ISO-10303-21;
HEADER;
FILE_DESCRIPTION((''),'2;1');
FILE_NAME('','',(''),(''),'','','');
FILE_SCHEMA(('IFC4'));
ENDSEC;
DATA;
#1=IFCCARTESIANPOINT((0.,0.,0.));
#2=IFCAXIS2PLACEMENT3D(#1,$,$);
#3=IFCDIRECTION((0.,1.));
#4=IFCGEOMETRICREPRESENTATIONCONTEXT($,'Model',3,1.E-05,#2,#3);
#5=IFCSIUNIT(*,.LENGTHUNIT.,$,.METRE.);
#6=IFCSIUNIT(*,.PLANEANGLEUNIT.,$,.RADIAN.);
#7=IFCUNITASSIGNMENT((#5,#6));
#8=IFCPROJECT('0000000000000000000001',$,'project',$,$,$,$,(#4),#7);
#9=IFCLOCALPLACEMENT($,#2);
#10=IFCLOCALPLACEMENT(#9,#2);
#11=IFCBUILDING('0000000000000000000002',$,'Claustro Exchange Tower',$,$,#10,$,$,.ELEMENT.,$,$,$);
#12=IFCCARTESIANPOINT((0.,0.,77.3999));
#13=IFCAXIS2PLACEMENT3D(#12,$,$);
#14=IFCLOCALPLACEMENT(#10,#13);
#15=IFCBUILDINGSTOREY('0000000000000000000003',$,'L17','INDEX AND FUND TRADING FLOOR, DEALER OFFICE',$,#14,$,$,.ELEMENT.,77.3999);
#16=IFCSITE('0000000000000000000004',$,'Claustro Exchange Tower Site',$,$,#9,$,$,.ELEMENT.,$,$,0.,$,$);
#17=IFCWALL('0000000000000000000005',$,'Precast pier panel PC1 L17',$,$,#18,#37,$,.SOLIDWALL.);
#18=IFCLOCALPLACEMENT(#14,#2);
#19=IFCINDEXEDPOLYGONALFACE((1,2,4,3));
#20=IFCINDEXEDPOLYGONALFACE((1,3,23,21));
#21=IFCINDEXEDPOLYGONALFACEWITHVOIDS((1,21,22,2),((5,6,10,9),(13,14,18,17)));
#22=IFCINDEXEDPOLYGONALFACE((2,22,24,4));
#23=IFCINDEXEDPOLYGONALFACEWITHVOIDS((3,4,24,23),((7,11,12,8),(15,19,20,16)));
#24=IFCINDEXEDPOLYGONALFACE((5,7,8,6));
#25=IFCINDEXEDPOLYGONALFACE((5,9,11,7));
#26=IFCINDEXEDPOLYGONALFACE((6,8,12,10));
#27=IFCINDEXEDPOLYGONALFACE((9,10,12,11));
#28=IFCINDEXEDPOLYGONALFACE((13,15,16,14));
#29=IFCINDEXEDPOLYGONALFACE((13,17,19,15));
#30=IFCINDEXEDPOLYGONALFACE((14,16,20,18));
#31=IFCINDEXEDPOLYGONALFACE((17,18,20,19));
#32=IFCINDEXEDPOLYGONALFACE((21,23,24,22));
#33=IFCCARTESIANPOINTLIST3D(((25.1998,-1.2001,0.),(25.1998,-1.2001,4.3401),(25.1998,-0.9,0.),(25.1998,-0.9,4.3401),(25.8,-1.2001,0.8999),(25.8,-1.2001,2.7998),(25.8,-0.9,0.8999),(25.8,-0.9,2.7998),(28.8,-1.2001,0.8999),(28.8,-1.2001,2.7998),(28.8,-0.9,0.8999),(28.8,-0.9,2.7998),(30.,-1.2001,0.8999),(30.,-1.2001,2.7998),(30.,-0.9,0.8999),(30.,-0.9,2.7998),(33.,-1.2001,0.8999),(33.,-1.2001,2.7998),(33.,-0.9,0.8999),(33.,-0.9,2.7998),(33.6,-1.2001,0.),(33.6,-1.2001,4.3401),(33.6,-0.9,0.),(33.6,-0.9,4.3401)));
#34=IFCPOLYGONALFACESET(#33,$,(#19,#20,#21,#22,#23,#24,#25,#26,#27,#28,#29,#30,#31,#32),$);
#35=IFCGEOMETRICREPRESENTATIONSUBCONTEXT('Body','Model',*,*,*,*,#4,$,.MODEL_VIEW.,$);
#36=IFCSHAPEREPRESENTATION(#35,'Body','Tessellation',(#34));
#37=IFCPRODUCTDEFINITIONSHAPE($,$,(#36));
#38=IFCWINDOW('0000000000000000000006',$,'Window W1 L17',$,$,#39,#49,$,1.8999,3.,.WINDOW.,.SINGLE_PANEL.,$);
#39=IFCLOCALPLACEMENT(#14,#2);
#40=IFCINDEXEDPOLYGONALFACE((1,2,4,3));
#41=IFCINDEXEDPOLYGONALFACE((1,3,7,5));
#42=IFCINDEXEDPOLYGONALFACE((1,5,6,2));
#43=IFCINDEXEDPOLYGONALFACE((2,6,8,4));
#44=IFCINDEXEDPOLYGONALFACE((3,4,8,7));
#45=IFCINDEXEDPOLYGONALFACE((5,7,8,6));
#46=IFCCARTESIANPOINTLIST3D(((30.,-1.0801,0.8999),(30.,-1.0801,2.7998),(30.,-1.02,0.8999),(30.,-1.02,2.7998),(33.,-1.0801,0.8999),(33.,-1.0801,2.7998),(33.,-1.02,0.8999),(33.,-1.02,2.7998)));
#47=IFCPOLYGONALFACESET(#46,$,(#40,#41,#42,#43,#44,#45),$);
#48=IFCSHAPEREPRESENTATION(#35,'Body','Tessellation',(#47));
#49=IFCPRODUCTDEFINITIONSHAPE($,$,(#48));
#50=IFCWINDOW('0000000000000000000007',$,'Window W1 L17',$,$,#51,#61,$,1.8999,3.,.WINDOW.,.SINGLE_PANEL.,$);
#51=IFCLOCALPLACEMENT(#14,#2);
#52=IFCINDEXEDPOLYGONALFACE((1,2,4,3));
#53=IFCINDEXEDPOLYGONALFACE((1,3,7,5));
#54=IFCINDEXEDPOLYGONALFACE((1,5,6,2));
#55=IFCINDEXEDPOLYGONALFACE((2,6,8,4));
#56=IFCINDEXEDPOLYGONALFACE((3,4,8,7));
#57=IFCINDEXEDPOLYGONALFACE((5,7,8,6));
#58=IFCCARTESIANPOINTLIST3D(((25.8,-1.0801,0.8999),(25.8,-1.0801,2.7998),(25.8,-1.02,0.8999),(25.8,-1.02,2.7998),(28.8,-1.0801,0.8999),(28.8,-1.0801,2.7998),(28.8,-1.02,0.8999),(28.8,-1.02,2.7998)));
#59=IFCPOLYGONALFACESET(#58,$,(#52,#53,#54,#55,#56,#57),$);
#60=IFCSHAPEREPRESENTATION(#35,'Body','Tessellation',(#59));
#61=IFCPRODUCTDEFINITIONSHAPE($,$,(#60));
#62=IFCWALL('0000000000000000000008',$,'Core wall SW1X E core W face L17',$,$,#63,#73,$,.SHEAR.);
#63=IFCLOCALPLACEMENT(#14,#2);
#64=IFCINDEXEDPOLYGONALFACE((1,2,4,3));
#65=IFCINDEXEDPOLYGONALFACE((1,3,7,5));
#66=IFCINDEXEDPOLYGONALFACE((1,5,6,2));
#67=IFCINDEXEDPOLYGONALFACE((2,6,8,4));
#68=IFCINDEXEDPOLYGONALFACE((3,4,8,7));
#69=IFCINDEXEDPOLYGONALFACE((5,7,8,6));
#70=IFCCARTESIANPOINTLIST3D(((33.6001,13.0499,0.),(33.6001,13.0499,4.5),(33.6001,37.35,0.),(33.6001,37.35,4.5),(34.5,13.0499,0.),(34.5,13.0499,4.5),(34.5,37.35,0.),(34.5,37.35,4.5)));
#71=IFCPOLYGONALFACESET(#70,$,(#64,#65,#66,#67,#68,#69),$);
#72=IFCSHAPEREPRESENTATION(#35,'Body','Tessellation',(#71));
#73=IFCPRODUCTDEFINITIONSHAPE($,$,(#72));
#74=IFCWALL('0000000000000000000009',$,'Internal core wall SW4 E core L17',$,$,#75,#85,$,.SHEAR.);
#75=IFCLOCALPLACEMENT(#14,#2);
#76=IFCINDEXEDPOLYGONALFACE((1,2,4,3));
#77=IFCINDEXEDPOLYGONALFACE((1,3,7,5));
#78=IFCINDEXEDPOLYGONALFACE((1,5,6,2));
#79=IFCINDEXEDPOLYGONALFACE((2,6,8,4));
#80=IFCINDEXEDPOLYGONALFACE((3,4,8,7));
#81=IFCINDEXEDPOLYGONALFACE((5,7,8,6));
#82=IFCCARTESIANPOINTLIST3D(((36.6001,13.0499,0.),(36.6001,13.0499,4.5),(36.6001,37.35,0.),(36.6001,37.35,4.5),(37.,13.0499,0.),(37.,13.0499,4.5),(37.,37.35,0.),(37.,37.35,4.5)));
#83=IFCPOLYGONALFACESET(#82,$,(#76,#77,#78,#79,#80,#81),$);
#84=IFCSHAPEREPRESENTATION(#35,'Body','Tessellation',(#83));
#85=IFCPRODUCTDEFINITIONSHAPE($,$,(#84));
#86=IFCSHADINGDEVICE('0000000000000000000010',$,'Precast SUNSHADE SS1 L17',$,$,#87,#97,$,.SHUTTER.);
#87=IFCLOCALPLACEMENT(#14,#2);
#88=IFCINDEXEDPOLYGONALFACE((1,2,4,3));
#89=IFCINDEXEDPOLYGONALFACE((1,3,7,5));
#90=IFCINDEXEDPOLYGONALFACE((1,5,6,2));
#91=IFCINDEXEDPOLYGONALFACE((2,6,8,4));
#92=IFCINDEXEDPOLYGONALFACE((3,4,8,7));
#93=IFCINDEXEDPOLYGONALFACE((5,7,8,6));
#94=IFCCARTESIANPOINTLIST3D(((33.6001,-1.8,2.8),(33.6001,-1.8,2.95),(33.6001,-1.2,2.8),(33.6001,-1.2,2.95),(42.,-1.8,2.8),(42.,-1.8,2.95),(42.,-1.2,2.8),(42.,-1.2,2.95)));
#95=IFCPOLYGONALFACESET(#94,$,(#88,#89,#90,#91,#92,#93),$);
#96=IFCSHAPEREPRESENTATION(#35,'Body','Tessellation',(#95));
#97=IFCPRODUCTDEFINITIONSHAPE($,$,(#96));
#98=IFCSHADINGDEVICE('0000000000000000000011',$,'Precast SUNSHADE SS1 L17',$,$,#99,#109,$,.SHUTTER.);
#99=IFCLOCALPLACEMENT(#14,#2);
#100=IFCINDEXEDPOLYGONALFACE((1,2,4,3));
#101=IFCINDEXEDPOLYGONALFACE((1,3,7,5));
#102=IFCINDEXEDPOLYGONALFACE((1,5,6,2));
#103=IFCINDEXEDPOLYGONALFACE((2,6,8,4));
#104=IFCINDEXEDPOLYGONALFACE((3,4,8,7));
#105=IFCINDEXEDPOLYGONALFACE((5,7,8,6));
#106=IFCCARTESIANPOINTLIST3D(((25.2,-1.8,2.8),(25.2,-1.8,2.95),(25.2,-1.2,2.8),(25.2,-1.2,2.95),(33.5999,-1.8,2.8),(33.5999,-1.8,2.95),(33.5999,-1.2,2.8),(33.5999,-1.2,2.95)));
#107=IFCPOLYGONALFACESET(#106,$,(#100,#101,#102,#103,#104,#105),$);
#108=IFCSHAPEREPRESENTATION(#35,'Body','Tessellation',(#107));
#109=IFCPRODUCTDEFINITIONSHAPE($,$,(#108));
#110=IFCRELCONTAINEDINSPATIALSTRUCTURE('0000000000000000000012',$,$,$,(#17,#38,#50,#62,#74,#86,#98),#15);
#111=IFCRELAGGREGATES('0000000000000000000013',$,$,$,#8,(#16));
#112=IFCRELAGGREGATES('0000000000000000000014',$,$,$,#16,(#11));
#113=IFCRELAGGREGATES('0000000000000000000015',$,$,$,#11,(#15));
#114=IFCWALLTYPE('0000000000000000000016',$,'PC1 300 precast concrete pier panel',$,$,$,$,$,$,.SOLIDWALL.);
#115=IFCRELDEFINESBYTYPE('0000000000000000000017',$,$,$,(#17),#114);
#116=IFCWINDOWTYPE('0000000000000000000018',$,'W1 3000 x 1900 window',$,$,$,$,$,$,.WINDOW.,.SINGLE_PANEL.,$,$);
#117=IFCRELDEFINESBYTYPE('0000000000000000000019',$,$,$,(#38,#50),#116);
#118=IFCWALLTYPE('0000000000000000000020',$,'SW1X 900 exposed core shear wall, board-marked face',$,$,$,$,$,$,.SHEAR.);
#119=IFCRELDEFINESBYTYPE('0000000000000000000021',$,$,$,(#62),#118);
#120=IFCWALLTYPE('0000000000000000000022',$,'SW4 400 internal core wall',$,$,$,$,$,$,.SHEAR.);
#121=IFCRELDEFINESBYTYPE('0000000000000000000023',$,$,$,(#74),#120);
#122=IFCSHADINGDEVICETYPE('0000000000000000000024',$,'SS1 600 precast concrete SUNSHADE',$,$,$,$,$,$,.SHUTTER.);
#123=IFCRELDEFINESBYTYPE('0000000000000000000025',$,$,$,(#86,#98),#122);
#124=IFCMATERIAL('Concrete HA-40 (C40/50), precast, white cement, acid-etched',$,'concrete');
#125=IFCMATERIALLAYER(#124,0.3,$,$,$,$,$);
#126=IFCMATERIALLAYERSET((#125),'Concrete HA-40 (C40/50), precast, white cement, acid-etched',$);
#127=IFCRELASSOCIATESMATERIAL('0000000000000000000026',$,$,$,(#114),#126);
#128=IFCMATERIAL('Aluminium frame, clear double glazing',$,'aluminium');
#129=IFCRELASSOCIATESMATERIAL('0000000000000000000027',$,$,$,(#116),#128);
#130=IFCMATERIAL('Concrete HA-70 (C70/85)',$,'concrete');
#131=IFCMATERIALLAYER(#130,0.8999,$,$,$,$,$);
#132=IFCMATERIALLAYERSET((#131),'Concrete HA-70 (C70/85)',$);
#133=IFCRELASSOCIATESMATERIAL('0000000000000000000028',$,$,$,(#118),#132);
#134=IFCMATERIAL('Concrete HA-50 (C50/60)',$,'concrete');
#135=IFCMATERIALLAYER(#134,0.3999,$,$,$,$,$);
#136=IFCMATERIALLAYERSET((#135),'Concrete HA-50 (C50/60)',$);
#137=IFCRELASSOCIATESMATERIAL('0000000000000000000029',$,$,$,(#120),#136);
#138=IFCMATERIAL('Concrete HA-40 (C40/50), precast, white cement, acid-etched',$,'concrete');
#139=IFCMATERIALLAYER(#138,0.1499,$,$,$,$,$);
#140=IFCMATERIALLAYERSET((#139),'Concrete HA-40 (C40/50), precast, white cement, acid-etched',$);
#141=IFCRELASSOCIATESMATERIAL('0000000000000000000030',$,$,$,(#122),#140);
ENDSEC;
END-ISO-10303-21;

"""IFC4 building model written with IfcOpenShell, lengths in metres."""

from ifc_helpers import new_model, si_unit, direction, frame, frame_2d, origin, origin_2d, place, context, subcontext, project, spatial, rectangle, extrude, material, layer, layer_set, type_object, element, fill, save


model = new_model("IFC4")

# Units and contexts
model_context = context("Model", 3, precision=1e-05, world=origin(), true_north=direction((0.0, 1.0)))
body_context = subcontext(model_context, "Body", "Model", "MODEL_VIEW")
ifc_project = project(units=[si_unit("LENGTHUNIT", "METRE"), si_unit("PLANEANGLEUNIT", "RADIAN")], contexts=[model_context])

# Site, building, storey
site_placement = place(None, origin())
site = spatial("IfcSite", under=ifc_project, at=site_placement, Name="Claustro Exchange Tower Site", CompositionType="ELEMENT", RefElevation=0.0)
building_placement = place(site_placement, origin())
building = spatial("IfcBuilding", under=site, at=building_placement, Name="Claustro Exchange Tower", CompositionType="ELEMENT")
storey_placement = place(building_placement, frame((0.0, 0.0, 77.3999)))
storey = spatial("IfcBuildingStorey", under=building, at=storey_placement, Name="L17", Description="INDEX AND FUND TRADING FLOOR, DEALER OFFICE", CompositionType="ELEMENT", Elevation=77.3999)

# Wall, openings, windows
ifc_material_1 = material(Name="Concrete HA-40 (C40/50), precast, white cement, acid-etched", Category="concrete")
ifc_layer_1 = layer(ifc_material_1, 0.3)
ifc_layer_set_1 = layer_set([ifc_layer_1], Name="Concrete HA-40 (C40/50), precast, white cement, acid-etched")
wall_type_1 = type_object("IfcWallType", Name="PC1 300 precast concrete pier panel", PredefinedType="SOLIDWALL", material=ifc_layer_set_1)
wall_1_placement = place(storey_placement, frame((33.6001, -1.05, 0.0), z_axis=(0.0, 0.0, 1.0), x_axis=(-1.0, 0.0, 0.0)))
wall_1 = element("IfcWall", 1, at=wall_1_placement, inside=storey, type_object=wall_type_1, Name="Precast pier panel PC1 L17", PredefinedType="SOLIDWALL", context=body_context, shape_type="SweptSolid", body=[
    extrude(rectangle(XDim=8.4001, YDim=0.3, at=frame_2d((4.2002, 0.0))), origin(), (0.0, 0.0, 1.0), 4.3401),
])
opening_1_placement = place(wall_1_placement, frame((0.6001, 0.0, 0.8999)))
opening_1 = element("IfcOpeningElement", 2, at=opening_1_placement, cuts=wall_1, PredefinedType="OPENING", context=body_context, shape_type="SweptSolid", body=[
    extrude(rectangle(XDim=3.0, YDim=1.8999, at=frame_2d((1.5, 0.95))), frame((0.0, 0.1599, 0.0), z_axis=(0.0, -1.0, 0.0), x_axis=(1.0, 0.0, 0.0)), (0.0, 0.0, 1.0), 0.3201),
])
opening_2_placement = place(wall_1_placement, frame((4.8, 0.0, 0.8999)))
opening_2 = element("IfcOpeningElement", 3, at=opening_2_placement, cuts=wall_1, PredefinedType="OPENING", context=body_context, shape_type="SweptSolid", body=[
    extrude(rectangle(XDim=3.0, YDim=1.8999, at=frame_2d((1.5, 0.95))), frame((0.0, 0.1599, 0.0), z_axis=(0.0, -1.0, 0.0), x_axis=(1.0, 0.0, 0.0)), (0.0, 0.0, 1.0), 0.3201),
])
ifc_material_2 = material(Name="Aluminium frame, clear double glazing", Category="aluminium")
window_type = type_object("IfcWindowType", Name="W1 3000 x 1900 window", PartitioningType="SINGLE_PANEL", PredefinedType="WINDOW", material=ifc_material_2)
window_1_placement = place(opening_1_placement, origin())
window_1 = element("IfcWindow", 4, at=window_1_placement, inside=storey, type_object=window_type, Name="Window W1 L17", OverallHeight=1.8999, OverallWidth=3.0, PartitioningType="SINGLE_PANEL", PredefinedType="WINDOW", context=body_context, shape_type="SweptSolid", body=[
    extrude(rectangle(XDim=3.0, YDim=1.8999, at=frame_2d((1.5, 0.95))), frame((0.0, 0.03, 0.0), z_axis=(0.0, -1.0, 0.0), x_axis=(1.0, 0.0, 0.0)), (0.0, 0.0, 1.0), 0.0601),
])
fill(opening_1, window_1)
window_2_placement = place(opening_2_placement, origin())
window_2 = element("IfcWindow", 5, at=window_2_placement, inside=storey, type_object=window_type, Name="Window W1 L17", OverallHeight=1.8999, OverallWidth=3.0, PartitioningType="SINGLE_PANEL", PredefinedType="WINDOW", context=body_context, shape_type="SweptSolid", body=[
    extrude(rectangle(XDim=3.0, YDim=1.8999, at=frame_2d((1.5, 0.95))), frame((0.0, 0.03, 0.0), z_axis=(0.0, -1.0, 0.0), x_axis=(1.0, 0.0, 0.0)), (0.0, 0.0, 1.0), 0.0601),
])
fill(opening_2, window_2)

# Walls
ifc_material_3 = material(Name="Concrete HA-70 (C70/85)", Category="concrete")
ifc_layer_2 = layer(ifc_material_3, 0.8999)
ifc_layer_set_2 = layer_set([ifc_layer_2], Name="Concrete HA-70 (C70/85)")
wall_type_2 = type_object("IfcWallType", Name="SW1X 900 exposed core shear wall, board-marked face", PredefinedType="SHEAR", material=ifc_layer_set_2)
wall_2_placement = place(storey_placement, frame((34.05, 13.05, 0.0), z_axis=(0.0, 0.0, 1.0), x_axis=(0.0, 1.0, 0.0)))
element("IfcWall", 6, at=wall_2_placement, inside=storey, type_object=wall_type_2, Name="Core wall SW1X E core W face L17", PredefinedType="SHEAR", context=body_context, shape_type="SweptSolid", body=[
    extrude(rectangle(XDim=24.3, YDim=0.8999, at=frame_2d((12.1499, 0.0))), origin(), (0.0, 0.0, 1.0), 4.5),
])
ifc_material_4 = material(Name="Concrete HA-50 (C50/60)", Category="concrete")
ifc_layer_3 = layer(ifc_material_4, 0.3999)
ifc_layer_set_3 = layer_set([ifc_layer_3], Name="Concrete HA-50 (C50/60)")
wall_type_3 = type_object("IfcWallType", Name="SW4 400 internal core wall", PredefinedType="SHEAR", material=ifc_layer_set_3)
wall_3_placement = place(storey_placement, frame((36.8, 13.05, 0.0), z_axis=(0.0, 0.0, 1.0), x_axis=(0.0, 1.0, 0.0)))
element("IfcWall", 7, at=wall_3_placement, inside=storey, type_object=wall_type_3, Name="Internal core wall SW4 E core L17", PredefinedType="SHEAR", context=body_context, shape_type="SweptSolid", body=[
    extrude(rectangle(XDim=24.3, YDim=0.3999, at=frame_2d((12.1499, 0.0))), origin(), (0.0, 0.0, 1.0), 4.5),
])

# Shading devices
ifc_material_5 = material(Name="Concrete HA-40 (C40/50), precast, white cement, acid-etched", Category="concrete")
ifc_layer_4 = layer(ifc_material_5, 0.1499)
ifc_layer_set_4 = layer_set([ifc_layer_4], Name="Concrete HA-40 (C40/50), precast, white cement, acid-etched")
shading_device_type = type_object("IfcShadingDeviceType", Name="SS1 600 precast concrete SUNSHADE", PredefinedType="SHUTTER", material=ifc_layer_set_4)
for number, where, z_axis, x_axis, name in (
    (8, (37.8, -1.5, 2.8), (0.0, 0.0, 1.0), (-1.0, 0.0, 0.0), "Precast SUNSHADE SS1 L17"),
    (9, (29.3999, -1.5, 2.8), (0.0, 0.0, 1.0), (-1.0, 0.0, 0.0), "Precast SUNSHADE SS1 L17"),
):
    element("IfcShadingDevice", number, at=place(storey_placement, frame(where, z_axis=z_axis, x_axis=x_axis)), inside=storey, type_object=shading_device_type, Name=name, PredefinedType="SHUTTER", context=body_context, shape_type="SweptSolid", body=[
        extrude(rectangle(XDim=8.3999, YDim=0.6001, at=origin_2d()), origin(), (0.0, 0.0, 1.0), 0.1499),
    ])

save(model, "model.ifc")
